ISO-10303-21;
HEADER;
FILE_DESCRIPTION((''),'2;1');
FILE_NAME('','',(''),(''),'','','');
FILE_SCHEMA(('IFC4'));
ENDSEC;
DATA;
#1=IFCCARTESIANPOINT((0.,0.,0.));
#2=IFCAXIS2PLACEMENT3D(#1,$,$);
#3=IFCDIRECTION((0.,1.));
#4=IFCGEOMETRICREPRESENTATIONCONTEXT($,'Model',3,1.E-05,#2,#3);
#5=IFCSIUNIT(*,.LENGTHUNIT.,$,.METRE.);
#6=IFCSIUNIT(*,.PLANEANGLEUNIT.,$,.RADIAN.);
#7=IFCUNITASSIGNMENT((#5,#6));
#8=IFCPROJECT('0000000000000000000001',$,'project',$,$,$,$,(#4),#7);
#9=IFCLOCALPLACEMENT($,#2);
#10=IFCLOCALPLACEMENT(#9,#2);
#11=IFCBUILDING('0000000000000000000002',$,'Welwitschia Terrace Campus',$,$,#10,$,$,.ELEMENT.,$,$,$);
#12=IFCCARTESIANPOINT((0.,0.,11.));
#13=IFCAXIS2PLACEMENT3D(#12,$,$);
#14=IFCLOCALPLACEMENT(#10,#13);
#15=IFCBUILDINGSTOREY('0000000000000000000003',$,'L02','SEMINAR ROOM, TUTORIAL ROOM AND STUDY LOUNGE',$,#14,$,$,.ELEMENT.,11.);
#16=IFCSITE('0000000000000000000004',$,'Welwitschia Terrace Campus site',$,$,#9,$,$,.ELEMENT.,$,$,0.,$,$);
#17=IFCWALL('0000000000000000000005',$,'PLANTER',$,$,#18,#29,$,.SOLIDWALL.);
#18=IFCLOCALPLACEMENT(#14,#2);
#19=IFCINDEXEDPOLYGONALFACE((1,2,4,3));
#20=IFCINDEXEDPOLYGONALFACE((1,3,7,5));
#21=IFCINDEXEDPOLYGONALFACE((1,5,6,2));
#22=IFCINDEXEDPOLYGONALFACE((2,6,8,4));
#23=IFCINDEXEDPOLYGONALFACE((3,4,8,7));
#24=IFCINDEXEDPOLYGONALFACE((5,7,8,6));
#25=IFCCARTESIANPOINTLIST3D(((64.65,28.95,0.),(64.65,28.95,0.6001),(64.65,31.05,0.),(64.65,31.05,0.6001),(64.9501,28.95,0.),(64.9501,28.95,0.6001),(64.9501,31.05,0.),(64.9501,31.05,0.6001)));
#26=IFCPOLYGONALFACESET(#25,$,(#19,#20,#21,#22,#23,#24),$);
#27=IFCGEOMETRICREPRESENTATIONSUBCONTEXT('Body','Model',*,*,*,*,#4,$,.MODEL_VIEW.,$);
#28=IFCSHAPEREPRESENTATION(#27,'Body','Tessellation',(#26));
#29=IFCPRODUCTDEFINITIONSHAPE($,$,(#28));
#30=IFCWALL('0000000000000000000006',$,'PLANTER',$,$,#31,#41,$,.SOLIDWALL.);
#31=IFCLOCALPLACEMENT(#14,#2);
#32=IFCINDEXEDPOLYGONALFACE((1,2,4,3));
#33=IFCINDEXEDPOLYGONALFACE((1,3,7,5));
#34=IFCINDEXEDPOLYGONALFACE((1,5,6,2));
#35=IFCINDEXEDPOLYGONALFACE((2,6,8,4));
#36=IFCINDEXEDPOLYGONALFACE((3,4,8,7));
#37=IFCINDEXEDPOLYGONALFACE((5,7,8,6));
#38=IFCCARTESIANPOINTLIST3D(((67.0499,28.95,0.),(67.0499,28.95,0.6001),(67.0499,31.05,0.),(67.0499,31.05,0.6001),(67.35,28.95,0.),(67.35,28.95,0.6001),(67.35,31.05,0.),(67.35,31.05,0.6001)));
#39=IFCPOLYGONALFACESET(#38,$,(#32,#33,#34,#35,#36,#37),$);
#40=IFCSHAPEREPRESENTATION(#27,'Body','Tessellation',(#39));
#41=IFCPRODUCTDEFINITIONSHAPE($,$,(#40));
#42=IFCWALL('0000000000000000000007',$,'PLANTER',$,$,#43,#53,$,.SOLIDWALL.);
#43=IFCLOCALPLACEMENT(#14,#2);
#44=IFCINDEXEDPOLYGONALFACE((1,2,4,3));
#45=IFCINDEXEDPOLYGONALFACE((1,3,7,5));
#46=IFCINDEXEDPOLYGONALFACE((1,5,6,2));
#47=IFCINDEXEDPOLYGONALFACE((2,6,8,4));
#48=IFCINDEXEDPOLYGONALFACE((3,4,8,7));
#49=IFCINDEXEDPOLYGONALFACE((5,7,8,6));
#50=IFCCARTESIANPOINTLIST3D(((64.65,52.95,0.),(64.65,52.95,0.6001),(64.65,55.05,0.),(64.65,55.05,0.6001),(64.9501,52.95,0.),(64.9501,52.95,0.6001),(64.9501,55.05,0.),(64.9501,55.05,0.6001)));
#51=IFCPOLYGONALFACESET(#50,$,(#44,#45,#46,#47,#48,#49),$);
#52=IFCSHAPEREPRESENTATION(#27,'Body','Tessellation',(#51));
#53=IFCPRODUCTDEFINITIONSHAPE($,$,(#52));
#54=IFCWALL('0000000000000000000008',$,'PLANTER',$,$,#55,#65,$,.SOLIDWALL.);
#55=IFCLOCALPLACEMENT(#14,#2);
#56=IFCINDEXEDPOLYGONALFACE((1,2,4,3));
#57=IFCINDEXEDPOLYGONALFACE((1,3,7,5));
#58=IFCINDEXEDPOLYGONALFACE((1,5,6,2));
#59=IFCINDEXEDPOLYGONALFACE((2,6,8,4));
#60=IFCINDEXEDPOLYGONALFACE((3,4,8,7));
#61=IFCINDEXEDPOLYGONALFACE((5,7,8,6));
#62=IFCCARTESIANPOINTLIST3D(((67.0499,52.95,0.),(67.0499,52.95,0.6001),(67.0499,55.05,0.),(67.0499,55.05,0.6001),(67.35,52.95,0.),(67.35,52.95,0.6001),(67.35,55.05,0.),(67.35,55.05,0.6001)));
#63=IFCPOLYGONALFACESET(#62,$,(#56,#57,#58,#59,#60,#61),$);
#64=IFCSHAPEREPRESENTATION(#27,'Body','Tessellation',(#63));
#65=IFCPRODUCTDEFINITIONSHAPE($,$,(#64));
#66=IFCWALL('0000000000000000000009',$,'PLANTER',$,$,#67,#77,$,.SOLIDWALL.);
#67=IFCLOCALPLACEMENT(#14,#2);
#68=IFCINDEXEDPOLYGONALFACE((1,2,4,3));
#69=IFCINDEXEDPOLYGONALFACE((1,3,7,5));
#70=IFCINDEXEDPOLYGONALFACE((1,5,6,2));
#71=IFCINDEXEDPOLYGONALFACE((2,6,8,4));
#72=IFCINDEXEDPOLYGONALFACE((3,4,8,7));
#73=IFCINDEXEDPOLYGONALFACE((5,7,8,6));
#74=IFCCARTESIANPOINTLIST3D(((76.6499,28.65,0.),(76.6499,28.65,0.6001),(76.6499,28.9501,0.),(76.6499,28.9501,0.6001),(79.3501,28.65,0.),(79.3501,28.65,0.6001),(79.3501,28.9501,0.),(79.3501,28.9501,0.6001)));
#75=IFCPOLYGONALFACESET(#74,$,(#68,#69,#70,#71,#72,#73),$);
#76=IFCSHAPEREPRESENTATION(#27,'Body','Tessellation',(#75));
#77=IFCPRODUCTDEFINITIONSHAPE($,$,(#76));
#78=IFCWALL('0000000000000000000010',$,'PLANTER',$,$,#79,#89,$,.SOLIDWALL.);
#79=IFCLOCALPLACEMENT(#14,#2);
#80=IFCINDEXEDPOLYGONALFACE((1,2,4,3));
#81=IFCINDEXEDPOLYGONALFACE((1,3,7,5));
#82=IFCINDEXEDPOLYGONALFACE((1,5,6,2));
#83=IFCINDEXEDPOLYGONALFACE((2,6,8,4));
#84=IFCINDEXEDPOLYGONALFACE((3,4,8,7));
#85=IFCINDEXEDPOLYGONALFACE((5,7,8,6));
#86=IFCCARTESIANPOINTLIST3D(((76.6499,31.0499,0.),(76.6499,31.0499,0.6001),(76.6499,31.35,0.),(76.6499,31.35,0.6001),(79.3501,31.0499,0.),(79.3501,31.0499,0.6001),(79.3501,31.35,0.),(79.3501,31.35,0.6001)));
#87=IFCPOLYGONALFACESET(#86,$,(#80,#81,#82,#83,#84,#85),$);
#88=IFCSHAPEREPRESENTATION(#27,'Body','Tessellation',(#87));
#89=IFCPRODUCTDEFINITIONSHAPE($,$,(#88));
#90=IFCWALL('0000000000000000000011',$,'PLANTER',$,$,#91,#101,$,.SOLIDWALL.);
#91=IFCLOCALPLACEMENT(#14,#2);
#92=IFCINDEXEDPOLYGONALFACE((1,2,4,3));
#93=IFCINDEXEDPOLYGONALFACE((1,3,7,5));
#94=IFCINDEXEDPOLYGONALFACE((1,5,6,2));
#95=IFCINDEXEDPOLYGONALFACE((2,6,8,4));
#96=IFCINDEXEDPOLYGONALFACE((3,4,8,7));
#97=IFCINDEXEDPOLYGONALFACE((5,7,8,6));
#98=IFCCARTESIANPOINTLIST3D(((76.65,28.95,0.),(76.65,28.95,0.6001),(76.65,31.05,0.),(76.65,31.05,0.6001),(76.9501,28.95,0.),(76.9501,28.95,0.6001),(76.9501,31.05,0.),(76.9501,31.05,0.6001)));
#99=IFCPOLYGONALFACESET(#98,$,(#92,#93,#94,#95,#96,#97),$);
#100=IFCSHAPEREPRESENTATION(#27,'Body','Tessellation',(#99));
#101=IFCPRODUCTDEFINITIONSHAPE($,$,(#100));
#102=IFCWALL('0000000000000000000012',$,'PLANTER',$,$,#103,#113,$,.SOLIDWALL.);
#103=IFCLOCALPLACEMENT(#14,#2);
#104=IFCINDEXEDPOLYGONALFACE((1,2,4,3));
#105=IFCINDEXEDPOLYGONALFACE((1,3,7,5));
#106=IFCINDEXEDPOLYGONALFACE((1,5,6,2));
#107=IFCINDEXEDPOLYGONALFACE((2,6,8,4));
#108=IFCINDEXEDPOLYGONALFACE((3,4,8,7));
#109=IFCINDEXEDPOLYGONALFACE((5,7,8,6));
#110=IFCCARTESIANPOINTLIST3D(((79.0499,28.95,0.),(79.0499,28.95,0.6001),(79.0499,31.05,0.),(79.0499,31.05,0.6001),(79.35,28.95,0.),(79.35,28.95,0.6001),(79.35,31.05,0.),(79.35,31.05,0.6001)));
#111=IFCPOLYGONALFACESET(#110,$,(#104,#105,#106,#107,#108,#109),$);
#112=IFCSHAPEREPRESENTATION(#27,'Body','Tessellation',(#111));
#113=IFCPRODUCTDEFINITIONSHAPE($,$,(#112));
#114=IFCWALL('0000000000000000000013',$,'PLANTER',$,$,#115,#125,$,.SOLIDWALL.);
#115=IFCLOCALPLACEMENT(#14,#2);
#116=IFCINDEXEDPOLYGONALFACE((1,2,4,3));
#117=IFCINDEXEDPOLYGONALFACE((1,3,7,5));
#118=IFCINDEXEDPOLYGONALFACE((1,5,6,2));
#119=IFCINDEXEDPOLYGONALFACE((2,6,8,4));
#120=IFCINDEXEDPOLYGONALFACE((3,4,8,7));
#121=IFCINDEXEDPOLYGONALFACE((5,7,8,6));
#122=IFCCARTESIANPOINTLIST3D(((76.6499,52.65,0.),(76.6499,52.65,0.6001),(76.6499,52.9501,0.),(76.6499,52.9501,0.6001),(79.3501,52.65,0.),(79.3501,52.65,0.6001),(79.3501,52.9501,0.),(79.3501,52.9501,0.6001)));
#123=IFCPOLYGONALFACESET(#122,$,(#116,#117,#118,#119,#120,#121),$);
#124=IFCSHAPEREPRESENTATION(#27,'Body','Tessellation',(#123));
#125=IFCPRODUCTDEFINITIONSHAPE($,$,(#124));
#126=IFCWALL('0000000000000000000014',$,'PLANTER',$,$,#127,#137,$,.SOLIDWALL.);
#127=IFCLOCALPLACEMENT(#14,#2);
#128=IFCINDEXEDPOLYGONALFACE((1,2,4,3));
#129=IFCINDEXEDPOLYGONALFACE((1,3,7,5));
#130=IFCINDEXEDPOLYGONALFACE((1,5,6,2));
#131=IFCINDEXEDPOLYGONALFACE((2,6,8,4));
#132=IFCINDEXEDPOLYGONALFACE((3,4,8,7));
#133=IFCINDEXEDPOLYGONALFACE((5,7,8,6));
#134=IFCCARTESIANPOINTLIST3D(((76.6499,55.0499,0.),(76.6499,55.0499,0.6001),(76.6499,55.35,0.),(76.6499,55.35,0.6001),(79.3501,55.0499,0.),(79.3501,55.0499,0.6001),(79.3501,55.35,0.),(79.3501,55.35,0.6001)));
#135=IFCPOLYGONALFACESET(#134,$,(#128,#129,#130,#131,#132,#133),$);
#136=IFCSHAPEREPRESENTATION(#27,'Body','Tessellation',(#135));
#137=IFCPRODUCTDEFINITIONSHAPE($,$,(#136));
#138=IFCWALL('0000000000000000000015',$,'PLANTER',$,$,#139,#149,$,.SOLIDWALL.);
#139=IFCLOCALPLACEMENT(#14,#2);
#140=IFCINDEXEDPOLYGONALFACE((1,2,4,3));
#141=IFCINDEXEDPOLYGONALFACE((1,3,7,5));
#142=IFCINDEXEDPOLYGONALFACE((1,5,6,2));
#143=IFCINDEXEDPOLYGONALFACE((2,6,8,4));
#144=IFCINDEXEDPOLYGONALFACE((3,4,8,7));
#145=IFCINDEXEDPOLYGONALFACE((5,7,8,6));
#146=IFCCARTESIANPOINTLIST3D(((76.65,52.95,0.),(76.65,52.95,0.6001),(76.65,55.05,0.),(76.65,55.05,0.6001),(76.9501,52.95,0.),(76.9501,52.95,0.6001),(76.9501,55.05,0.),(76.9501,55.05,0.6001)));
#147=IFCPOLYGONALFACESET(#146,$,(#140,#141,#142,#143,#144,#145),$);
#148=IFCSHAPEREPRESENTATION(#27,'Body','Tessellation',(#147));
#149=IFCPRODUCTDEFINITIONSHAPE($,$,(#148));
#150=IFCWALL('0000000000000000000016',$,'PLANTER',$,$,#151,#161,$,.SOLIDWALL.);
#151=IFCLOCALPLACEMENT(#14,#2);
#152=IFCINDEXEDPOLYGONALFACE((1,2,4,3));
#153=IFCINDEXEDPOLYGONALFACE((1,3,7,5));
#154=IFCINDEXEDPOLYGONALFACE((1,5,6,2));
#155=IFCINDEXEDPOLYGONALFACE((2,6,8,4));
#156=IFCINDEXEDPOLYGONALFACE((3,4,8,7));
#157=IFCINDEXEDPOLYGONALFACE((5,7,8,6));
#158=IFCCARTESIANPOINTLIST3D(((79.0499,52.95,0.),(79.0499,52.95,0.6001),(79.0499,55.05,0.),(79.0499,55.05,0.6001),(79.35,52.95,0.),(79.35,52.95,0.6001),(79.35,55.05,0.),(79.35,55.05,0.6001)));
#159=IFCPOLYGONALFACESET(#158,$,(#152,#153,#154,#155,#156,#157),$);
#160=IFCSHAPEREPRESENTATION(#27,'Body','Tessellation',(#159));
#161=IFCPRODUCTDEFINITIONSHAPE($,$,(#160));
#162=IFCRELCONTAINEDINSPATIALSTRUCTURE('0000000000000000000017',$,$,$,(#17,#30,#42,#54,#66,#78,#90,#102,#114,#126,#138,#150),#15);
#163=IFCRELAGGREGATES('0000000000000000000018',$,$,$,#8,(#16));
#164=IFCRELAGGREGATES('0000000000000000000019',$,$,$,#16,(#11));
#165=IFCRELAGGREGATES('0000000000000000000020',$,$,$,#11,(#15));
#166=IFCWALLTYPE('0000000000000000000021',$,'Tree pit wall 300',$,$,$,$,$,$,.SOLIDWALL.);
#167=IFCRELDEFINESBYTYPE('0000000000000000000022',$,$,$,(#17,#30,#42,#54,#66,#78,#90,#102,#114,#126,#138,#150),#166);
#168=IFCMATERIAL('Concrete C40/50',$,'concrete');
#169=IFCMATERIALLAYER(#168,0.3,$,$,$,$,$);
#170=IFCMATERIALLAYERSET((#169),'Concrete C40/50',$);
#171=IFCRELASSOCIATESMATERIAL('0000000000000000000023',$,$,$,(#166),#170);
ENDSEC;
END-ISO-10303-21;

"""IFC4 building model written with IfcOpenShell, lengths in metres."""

from ifc_helpers import new_model, si_unit, direction, frame, frame_2d, origin, place, context, subcontext, project, spatial, rectangle, extrude, material, layer, layer_set, type_object, element, save


model = new_model("IFC4")

# Units and contexts
model_context = context("Model", 3, precision=1e-05, world=origin(), true_north=direction((0.0, 1.0)))
body_context = subcontext(model_context, "Body", "Model", "MODEL_VIEW")
ifc_project = project(units=[si_unit("LENGTHUNIT", "METRE"), si_unit("PLANEANGLEUNIT", "RADIAN")], contexts=[model_context])

# Site, building, storey
site_placement = place(None, origin())
site = spatial("IfcSite", under=ifc_project, at=site_placement, Name="Welwitschia Terrace Campus site", CompositionType="ELEMENT", RefElevation=0.0)
building_placement = place(site_placement, origin())
building = spatial("IfcBuilding", under=site, at=building_placement, Name="Welwitschia Terrace Campus", CompositionType="ELEMENT")
storey_placement = place(building_placement, frame((0.0, 0.0, 11.0)))
storey = spatial("IfcBuildingStorey", under=building, at=storey_placement, Name="L02", Description="SEMINAR ROOM, TUTORIAL ROOM AND STUDY LOUNGE", CompositionType="ELEMENT", Elevation=11.0)

# Walls
ifc_material_1 = material(Name="Concrete C40/50", Category="concrete")
ifc_layer_1 = layer(ifc_material_1, 0.3)
ifc_layer_set_1 = layer_set([ifc_layer_1], Name="Concrete C40/50")
wall_type_1 = type_object("IfcWallType", Name="Tree pit wall 300", PredefinedType="SOLIDWALL", material=ifc_layer_set_1)
for number, where, z_axis, x_axis, name in (
    (1, (64.8, 28.95, 0.0), (0.0, 0.0, 1.0), (0.0, 1.0, 0.0), "PLANTER"),
    (2, (67.2, 28.95, 0.0), (0.0, 0.0, 1.0), (0.0, 1.0, 0.0), "PLANTER"),
    (3, (64.8, 52.95, 0.0), (0.0, 0.0, 1.0), (0.0, 1.0, 0.0), "PLANTER"),
    (4, (67.2, 52.95, 0.0), (0.0, 0.0, 1.0), (0.0, 1.0, 0.0), "PLANTER"),
):
    element("IfcWall", number, at=place(storey_placement, frame(where, z_axis=z_axis, x_axis=x_axis)), inside=storey, type_object=wall_type_1, Name=name, PredefinedType="SOLIDWALL", context=body_context, shape_type="SweptSolid", body=[
        extrude(rectangle(XDim=2.1001, YDim=0.3, at=frame_2d((1.05, 0.0))), origin(), (0.0, 0.0, 1.0), 0.6001),
    ])
for number, where, z_axis, x_axis, name in (
    (5, (76.6499, 28.8, 0.0), (0.0, 0.0, 1.0), (1.0, 0.0, 0.0), "PLANTER"),
    (6, (76.6499, 31.2, 0.0), (0.0, 0.0, 1.0), (1.0, 0.0, 0.0), "PLANTER"),
):
    element("IfcWall", number, at=place(storey_placement, frame(where, z_axis=z_axis, x_axis=x_axis)), inside=storey, type_object=wall_type_1, Name=name, PredefinedType="SOLIDWALL", context=body_context, shape_type="SweptSolid", body=[
        extrude(rectangle(XDim=2.7002, YDim=0.3, at=frame_2d((1.3501, 0.0))), origin(), (0.0, 0.0, 1.0), 0.6001),
    ])
for number, where, z_axis, x_axis, name in (
    (7, (76.8, 28.95, 0.0), (0.0, 0.0, 1.0), (0.0, 1.0, 0.0), "PLANTER"),
    (8, (79.2, 28.95, 0.0), (0.0, 0.0, 1.0), (0.0, 1.0, 0.0), "PLANTER"),
):
    element("IfcWall", number, at=place(storey_placement, frame(where, z_axis=z_axis, x_axis=x_axis)), inside=storey, type_object=wall_type_1, Name=name, PredefinedType="SOLIDWALL", context=body_context, shape_type="SweptSolid", body=[
        extrude(rectangle(XDim=2.1001, YDim=0.3, at=frame_2d((1.05, 0.0))), origin(), (0.0, 0.0, 1.0), 0.6001),
    ])
for number, where, z_axis, x_axis, name in (
    (9, (76.6499, 52.8, 0.0), (0.0, 0.0, 1.0), (1.0, 0.0, 0.0), "PLANTER"),
    (10, (76.6499, 55.2, 0.0), (0.0, 0.0, 1.0), (1.0, 0.0, 0.0), "PLANTER"),
):
    element("IfcWall", number, at=place(storey_placement, frame(where, z_axis=z_axis, x_axis=x_axis)), inside=storey, type_object=wall_type_1, Name=name, PredefinedType="SOLIDWALL", context=body_context, shape_type="SweptSolid", body=[
        extrude(rectangle(XDim=2.7002, YDim=0.3, at=frame_2d((1.3501, 0.0))), origin(), (0.0, 0.0, 1.0), 0.6001),
    ])
for number, where, z_axis, x_axis, name in (
    (11, (76.8, 52.95, 0.0), (0.0, 0.0, 1.0), (0.0, 1.0, 0.0), "PLANTER"),
    (12, (79.2, 52.95, 0.0), (0.0, 0.0, 1.0), (0.0, 1.0, 0.0), "PLANTER"),
):
    element("IfcWall", number, at=place(storey_placement, frame(where, z_axis=z_axis, x_axis=x_axis)), inside=storey, type_object=wall_type_1, Name=name, PredefinedType="SOLIDWALL", context=body_context, shape_type="SweptSolid", body=[
        extrude(rectangle(XDim=2.1001, YDim=0.3, at=frame_2d((1.05, 0.0))), origin(), (0.0, 0.0, 1.0), 0.6001),
    ])

save(model, "model.ifc")
